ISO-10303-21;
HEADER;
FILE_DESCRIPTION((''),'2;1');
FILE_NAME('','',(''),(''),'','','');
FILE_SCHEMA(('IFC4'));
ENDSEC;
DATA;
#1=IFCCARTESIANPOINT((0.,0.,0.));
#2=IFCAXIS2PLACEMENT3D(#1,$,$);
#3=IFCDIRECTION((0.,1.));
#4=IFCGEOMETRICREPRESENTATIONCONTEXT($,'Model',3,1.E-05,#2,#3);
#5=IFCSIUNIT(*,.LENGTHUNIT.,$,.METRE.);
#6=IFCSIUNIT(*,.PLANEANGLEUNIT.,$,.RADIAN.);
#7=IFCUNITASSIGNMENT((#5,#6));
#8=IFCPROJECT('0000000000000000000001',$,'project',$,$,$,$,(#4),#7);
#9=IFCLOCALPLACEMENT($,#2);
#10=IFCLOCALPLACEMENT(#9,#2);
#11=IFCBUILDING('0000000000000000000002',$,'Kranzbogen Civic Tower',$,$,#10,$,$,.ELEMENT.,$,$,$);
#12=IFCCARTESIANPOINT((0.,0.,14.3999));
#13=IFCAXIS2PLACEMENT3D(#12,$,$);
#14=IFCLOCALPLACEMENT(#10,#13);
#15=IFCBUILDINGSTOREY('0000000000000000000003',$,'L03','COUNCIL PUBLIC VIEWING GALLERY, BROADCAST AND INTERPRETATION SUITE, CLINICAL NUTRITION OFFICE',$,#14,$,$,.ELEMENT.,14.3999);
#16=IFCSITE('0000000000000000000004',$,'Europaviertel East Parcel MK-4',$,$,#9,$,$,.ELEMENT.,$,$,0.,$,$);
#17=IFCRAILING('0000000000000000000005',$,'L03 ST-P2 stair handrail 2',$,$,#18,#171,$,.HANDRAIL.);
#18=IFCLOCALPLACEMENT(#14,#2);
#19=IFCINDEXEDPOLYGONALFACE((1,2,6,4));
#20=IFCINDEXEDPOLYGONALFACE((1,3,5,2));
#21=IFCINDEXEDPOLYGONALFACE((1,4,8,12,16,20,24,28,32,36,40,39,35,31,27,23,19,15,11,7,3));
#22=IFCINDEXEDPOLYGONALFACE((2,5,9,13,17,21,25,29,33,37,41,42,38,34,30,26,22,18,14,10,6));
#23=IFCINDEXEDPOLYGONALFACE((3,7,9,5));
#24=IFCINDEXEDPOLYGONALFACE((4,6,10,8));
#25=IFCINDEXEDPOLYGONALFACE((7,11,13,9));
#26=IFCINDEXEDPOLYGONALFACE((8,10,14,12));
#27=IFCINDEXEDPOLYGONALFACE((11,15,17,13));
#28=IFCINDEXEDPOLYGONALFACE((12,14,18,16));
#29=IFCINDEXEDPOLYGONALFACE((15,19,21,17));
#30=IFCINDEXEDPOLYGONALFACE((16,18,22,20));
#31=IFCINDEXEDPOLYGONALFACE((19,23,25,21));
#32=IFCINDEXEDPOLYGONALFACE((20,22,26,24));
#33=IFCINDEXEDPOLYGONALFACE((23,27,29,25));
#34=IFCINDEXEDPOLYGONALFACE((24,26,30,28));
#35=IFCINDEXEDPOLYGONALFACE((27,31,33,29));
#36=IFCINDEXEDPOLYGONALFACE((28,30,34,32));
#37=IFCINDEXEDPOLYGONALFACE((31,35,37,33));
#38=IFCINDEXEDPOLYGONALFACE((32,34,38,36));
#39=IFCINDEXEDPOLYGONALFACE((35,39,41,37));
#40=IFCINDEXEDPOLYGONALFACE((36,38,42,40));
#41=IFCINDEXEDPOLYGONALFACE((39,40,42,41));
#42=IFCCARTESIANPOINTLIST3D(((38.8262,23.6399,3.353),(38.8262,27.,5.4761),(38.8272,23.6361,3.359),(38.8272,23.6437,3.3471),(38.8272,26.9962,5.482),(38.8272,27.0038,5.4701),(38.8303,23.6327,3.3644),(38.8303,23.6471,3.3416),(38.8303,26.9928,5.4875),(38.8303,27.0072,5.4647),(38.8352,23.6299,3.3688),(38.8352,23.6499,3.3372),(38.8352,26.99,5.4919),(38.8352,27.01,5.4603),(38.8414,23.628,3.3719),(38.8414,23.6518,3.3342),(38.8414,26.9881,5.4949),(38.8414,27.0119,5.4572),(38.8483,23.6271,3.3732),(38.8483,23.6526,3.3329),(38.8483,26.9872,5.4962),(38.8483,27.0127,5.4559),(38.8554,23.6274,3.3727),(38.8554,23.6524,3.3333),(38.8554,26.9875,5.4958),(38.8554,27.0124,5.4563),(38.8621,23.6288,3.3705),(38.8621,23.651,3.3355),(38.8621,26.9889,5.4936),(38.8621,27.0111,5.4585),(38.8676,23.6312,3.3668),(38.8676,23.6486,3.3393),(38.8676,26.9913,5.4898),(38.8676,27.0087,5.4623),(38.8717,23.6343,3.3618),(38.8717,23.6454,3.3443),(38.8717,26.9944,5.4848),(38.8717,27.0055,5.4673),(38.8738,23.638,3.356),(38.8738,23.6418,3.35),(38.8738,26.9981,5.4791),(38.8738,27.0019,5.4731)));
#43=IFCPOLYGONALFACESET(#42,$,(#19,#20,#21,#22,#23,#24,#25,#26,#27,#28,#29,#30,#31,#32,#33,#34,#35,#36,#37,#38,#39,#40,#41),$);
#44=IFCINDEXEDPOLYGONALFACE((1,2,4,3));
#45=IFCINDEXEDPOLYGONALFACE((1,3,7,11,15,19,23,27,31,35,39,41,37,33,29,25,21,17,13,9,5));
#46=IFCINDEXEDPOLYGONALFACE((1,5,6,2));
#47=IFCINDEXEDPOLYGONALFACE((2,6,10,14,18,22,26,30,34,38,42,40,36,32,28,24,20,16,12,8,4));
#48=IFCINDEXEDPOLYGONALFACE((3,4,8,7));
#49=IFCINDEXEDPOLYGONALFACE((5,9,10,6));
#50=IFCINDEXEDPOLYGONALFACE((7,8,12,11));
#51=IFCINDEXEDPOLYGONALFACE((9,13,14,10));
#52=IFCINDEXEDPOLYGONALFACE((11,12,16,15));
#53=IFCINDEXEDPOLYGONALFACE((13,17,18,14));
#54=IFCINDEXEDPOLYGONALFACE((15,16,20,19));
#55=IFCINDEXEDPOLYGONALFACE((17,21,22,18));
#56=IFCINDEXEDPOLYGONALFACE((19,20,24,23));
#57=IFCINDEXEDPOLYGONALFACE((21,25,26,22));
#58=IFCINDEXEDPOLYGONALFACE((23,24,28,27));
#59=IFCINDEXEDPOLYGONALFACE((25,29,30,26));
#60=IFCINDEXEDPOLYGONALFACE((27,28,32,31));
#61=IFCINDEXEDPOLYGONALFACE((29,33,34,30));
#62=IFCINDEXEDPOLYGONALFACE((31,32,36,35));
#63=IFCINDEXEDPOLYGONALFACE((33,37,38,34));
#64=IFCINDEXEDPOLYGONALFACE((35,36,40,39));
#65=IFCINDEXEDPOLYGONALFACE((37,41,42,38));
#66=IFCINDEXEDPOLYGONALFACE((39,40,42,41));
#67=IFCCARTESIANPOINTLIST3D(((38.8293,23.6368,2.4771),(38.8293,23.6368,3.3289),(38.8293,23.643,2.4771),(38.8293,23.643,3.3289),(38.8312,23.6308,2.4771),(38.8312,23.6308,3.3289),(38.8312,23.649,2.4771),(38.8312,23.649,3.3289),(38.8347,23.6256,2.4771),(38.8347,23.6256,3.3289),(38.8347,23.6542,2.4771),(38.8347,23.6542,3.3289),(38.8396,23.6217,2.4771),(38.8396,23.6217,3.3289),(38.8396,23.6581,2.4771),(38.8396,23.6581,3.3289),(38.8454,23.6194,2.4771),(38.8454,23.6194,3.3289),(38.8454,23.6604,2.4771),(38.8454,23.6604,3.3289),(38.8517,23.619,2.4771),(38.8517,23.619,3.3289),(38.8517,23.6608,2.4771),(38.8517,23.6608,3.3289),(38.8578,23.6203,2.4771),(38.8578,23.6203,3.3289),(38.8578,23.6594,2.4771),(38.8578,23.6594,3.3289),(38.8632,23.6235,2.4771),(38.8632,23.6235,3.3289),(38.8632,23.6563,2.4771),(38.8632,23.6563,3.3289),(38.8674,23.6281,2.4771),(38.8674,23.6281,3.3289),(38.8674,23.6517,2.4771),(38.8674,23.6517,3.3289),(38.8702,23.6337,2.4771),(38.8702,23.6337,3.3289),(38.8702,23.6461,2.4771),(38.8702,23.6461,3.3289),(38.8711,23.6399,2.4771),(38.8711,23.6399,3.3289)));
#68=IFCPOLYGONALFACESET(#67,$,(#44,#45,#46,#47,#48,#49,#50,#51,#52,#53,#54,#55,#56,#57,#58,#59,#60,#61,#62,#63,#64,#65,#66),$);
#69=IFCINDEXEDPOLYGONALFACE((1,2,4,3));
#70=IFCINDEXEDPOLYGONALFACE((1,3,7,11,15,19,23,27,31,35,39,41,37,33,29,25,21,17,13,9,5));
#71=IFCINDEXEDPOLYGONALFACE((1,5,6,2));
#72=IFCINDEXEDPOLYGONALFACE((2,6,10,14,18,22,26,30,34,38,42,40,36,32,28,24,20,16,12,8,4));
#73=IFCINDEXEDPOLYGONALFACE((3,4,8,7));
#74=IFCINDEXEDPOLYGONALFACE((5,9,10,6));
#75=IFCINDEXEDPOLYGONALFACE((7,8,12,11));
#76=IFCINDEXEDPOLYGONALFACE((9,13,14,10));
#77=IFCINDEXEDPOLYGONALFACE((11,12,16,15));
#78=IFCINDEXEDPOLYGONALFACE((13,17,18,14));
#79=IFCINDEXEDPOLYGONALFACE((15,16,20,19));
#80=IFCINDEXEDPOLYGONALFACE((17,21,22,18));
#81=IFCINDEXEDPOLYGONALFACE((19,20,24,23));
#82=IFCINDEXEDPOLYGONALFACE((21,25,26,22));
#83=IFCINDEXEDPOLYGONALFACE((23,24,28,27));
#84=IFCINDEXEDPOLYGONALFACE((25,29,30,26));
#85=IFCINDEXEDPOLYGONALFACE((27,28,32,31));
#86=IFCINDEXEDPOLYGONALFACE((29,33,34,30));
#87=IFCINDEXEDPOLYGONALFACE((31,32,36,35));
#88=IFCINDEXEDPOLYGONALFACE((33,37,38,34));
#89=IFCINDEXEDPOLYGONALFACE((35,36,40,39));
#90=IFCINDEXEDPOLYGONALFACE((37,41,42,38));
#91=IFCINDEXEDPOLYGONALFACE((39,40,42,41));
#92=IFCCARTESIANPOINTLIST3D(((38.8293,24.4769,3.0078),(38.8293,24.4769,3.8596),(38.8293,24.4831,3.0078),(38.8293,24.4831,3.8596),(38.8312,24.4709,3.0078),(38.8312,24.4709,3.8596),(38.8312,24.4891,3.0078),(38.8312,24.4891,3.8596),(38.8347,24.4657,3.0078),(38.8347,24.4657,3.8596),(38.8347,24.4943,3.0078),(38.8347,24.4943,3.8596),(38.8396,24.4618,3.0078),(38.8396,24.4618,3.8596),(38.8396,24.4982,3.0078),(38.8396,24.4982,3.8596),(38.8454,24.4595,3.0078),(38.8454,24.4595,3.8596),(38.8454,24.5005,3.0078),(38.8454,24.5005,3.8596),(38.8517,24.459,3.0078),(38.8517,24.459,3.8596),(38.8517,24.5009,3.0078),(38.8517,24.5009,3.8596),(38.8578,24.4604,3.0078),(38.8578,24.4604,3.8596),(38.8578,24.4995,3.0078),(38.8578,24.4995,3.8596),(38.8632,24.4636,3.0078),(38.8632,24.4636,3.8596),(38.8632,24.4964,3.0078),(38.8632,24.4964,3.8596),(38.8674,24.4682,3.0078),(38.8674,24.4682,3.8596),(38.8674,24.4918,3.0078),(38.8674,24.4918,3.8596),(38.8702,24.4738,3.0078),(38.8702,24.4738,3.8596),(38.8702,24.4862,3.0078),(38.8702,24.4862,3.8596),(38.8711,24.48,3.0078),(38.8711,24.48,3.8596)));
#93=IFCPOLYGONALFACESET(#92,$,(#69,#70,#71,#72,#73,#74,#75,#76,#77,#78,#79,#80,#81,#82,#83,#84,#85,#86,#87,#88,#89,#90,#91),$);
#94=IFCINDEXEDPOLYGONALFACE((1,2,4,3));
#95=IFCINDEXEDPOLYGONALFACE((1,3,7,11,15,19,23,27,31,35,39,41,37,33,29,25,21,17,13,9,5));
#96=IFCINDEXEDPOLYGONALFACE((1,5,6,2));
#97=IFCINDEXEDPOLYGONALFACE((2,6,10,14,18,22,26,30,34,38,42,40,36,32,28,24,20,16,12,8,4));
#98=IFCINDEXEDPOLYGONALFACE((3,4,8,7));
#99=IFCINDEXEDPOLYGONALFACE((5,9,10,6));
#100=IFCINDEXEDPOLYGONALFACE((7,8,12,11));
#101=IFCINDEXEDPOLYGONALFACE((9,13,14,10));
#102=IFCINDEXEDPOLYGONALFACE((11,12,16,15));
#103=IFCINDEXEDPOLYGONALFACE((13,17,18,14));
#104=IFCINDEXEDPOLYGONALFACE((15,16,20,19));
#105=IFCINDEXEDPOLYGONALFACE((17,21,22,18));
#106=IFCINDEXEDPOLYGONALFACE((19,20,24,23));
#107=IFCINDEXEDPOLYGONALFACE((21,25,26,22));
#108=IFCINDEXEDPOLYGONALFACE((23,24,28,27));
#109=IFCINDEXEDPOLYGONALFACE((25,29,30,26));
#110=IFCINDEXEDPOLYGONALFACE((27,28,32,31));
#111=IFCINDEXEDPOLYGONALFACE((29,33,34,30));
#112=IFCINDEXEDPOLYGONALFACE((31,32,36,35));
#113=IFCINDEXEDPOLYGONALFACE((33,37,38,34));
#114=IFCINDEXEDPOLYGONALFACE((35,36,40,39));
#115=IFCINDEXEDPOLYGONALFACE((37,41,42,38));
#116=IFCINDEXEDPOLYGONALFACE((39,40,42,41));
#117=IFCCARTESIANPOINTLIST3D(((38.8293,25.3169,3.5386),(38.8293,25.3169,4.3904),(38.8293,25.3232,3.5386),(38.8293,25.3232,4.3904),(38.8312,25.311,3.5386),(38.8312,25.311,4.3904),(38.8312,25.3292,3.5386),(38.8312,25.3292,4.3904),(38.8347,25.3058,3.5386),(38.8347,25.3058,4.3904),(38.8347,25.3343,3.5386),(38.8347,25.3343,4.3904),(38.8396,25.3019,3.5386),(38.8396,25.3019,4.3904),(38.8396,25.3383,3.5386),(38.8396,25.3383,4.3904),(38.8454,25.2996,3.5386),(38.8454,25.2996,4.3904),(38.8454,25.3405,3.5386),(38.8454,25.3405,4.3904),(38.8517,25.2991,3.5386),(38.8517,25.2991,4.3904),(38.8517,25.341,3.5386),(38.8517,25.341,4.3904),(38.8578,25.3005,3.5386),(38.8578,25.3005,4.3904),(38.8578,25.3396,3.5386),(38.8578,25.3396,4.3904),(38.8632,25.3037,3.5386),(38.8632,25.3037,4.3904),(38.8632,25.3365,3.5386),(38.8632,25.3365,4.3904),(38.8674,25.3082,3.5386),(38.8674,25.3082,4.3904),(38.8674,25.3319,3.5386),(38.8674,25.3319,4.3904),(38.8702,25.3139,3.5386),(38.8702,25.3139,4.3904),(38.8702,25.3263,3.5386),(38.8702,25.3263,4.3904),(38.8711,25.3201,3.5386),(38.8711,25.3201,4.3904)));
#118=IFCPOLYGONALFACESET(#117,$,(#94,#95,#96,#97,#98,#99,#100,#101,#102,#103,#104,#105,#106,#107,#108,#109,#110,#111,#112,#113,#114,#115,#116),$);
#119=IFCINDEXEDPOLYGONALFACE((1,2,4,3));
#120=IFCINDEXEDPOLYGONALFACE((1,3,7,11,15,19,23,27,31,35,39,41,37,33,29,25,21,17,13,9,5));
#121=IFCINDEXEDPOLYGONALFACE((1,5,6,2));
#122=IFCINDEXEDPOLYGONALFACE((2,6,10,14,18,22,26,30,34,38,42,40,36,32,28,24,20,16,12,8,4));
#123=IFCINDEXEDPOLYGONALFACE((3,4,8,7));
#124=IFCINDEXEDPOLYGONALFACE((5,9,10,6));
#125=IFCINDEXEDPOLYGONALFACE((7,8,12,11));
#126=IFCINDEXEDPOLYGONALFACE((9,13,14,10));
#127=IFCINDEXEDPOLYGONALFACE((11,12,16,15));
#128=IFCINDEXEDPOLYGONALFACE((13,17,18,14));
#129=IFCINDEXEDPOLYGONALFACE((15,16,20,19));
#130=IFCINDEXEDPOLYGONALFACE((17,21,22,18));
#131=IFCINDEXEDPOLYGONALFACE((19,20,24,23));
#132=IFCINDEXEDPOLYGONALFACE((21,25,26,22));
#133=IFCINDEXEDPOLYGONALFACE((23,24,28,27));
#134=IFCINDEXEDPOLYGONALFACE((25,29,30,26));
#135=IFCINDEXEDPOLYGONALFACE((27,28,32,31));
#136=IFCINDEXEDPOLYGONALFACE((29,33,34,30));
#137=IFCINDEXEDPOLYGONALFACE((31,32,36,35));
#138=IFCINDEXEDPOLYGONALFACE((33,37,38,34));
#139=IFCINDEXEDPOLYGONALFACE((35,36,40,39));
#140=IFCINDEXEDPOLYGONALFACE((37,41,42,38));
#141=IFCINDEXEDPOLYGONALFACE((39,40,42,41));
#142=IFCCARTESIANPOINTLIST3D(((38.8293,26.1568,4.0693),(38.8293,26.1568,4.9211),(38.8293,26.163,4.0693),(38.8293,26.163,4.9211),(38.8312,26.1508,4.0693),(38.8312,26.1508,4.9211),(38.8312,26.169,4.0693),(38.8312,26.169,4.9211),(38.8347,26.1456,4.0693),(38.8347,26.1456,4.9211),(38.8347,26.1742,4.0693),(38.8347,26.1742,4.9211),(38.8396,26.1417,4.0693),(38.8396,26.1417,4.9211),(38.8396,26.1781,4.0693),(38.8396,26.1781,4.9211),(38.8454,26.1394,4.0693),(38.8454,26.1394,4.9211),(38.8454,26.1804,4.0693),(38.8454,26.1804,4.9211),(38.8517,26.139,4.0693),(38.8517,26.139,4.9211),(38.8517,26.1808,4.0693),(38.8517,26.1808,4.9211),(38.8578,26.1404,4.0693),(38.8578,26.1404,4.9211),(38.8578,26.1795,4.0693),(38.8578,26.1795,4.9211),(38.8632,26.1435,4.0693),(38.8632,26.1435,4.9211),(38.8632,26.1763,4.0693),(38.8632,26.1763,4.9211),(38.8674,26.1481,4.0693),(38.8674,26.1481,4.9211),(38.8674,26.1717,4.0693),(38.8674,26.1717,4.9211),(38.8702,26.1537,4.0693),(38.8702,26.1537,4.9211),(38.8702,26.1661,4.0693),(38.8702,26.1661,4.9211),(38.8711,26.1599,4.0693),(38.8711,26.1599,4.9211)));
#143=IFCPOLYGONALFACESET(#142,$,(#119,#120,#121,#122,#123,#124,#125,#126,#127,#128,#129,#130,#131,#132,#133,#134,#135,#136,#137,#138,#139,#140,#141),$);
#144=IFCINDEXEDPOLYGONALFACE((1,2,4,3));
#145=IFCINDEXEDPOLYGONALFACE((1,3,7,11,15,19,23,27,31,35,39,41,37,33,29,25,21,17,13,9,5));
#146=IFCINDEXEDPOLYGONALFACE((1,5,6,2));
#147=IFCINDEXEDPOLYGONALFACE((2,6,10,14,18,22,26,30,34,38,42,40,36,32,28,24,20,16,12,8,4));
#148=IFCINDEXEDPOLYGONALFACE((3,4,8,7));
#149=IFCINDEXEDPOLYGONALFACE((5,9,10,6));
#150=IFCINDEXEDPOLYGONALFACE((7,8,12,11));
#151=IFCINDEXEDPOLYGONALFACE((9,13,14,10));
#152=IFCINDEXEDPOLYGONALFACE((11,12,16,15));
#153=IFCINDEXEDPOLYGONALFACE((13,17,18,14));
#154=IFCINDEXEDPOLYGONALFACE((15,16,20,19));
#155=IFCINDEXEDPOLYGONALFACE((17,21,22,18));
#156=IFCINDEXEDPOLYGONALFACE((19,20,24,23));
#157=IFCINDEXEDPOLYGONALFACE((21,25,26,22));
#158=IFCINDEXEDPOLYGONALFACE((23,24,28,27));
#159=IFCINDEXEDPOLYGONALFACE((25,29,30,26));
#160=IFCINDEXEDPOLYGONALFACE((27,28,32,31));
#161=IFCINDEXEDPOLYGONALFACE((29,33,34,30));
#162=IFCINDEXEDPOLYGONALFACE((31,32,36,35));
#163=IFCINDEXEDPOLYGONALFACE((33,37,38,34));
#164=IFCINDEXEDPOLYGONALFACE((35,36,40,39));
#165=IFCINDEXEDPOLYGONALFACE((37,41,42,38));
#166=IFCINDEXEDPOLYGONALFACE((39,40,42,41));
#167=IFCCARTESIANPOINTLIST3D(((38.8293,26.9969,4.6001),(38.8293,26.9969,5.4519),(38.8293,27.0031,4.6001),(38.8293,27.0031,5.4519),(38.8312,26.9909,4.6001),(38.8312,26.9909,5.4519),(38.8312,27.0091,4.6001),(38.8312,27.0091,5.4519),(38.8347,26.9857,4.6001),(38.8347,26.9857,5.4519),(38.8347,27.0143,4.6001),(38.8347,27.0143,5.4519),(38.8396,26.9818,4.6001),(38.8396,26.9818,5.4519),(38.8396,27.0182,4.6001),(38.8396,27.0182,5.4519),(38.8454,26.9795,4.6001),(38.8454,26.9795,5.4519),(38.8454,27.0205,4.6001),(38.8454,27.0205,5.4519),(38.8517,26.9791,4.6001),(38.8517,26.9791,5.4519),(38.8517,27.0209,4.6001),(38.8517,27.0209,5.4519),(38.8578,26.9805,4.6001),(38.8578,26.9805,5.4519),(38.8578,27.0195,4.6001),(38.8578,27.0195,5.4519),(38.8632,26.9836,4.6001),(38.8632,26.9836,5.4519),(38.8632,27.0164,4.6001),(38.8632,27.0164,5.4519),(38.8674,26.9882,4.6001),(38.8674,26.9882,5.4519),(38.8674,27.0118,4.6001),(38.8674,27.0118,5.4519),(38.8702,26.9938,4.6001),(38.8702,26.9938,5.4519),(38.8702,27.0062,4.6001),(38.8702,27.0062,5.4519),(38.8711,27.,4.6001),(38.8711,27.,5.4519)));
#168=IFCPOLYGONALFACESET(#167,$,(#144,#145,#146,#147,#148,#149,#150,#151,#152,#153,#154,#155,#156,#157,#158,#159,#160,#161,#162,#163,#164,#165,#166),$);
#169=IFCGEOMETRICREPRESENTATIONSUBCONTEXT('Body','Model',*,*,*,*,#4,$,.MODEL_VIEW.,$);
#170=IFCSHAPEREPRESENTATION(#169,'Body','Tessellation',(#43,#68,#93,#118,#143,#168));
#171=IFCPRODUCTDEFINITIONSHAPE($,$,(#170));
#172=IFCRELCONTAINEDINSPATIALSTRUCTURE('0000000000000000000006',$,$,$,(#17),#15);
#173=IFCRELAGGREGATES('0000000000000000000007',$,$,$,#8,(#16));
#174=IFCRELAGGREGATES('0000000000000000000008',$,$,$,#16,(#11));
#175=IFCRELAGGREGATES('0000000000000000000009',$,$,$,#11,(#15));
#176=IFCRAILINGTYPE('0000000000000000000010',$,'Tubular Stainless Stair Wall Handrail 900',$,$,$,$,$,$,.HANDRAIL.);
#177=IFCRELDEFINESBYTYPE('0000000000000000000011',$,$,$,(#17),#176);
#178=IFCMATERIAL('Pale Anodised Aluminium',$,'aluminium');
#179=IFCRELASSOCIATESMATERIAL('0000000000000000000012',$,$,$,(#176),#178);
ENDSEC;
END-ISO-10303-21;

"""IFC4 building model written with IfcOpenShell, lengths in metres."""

from ifc_helpers import new_model, si_unit, direction, frame, origin, origin_2d, place, context, subcontext, project, spatial, circle, extrude, material, type_object, element, save


model = new_model("IFC4")

# Units and contexts
model_context = context("Model", 3, precision=1e-05, world=origin(), true_north=direction((0.0, 1.0)))
body_context = subcontext(model_context, "Body", "Model", "MODEL_VIEW")
ifc_project = project(units=[si_unit("LENGTHUNIT", "METRE"), si_unit("PLANEANGLEUNIT", "RADIAN")], contexts=[model_context])

# Site, building, storey
site_placement = place(None, origin())
site = spatial("IfcSite", under=ifc_project, at=site_placement, Name="Europaviertel East Parcel MK-4", CompositionType="ELEMENT", RefElevation=0.0)
building_placement = place(site_placement, origin())
building = spatial("IfcBuilding", under=site, at=building_placement, Name="Kranzbogen Civic Tower", CompositionType="ELEMENT")
storey_placement = place(building_placement, frame((0.0, 0.0, 14.3999)))
storey = spatial("IfcBuildingStorey", under=building, at=storey_placement, Name="L03", Description="COUNCIL PUBLIC VIEWING GALLERY, BROADCAST AND INTERPRETATION SUITE, CLINICAL NUTRITION OFFICE", CompositionType="ELEMENT", Elevation=14.3999)

# Shared definitions
ifc_material_1 = material(Name="Pale Anodised Aluminium", Category="aluminium")

# Railing
railing_type_1 = type_object("IfcRailingType", Name="Tubular Stainless Stair Wall Handrail 900", PredefinedType="HANDRAIL", material=ifc_material_1)
railing_1_placement = place(storey_placement, frame((38.8501, 23.6399, 2.4771)))
element("IfcRailing", 1, at=railing_1_placement, inside=storey, type_object=railing_type_1, Name="L03 ST-P2 stair handrail 2", PredefinedType="HANDRAIL", context=body_context, shape_type="SweptSolid", body=[
    extrude(circle(Radius=0.0239, at=origin_2d()), frame((0.0, 0.0, 0.876), z_axis=(0.0, 0.84539, 0.53415), x_axis=(-1.0, 0.0, 0.0)), (0.0, 0.0, 1.0), 3.9746),
    extrude(circle(Radius=0.021, at=origin_2d()), origin(), (0.0, 0.0, 1.0), 0.8518),
    extrude(circle(Radius=0.021, at=origin_2d()), frame((0.0, 0.8401, 0.5308)), (0.0, 0.0, 1.0), 0.8518),
    extrude(circle(Radius=0.021, at=origin_2d()), frame((0.0, 1.6802, 1.0615)), (0.0, 0.0, 1.0), 0.8518),
    extrude(circle(Radius=0.021, at=origin_2d()), frame((0.0, 2.52, 1.5923)), (0.0, 0.0, 1.0), 0.8518),
    extrude(circle(Radius=0.021, at=origin_2d()), frame((0.0, 3.3601, 2.123)), (0.0, 0.0, 1.0), 0.8518),
])

save(model, "model.ifc")
